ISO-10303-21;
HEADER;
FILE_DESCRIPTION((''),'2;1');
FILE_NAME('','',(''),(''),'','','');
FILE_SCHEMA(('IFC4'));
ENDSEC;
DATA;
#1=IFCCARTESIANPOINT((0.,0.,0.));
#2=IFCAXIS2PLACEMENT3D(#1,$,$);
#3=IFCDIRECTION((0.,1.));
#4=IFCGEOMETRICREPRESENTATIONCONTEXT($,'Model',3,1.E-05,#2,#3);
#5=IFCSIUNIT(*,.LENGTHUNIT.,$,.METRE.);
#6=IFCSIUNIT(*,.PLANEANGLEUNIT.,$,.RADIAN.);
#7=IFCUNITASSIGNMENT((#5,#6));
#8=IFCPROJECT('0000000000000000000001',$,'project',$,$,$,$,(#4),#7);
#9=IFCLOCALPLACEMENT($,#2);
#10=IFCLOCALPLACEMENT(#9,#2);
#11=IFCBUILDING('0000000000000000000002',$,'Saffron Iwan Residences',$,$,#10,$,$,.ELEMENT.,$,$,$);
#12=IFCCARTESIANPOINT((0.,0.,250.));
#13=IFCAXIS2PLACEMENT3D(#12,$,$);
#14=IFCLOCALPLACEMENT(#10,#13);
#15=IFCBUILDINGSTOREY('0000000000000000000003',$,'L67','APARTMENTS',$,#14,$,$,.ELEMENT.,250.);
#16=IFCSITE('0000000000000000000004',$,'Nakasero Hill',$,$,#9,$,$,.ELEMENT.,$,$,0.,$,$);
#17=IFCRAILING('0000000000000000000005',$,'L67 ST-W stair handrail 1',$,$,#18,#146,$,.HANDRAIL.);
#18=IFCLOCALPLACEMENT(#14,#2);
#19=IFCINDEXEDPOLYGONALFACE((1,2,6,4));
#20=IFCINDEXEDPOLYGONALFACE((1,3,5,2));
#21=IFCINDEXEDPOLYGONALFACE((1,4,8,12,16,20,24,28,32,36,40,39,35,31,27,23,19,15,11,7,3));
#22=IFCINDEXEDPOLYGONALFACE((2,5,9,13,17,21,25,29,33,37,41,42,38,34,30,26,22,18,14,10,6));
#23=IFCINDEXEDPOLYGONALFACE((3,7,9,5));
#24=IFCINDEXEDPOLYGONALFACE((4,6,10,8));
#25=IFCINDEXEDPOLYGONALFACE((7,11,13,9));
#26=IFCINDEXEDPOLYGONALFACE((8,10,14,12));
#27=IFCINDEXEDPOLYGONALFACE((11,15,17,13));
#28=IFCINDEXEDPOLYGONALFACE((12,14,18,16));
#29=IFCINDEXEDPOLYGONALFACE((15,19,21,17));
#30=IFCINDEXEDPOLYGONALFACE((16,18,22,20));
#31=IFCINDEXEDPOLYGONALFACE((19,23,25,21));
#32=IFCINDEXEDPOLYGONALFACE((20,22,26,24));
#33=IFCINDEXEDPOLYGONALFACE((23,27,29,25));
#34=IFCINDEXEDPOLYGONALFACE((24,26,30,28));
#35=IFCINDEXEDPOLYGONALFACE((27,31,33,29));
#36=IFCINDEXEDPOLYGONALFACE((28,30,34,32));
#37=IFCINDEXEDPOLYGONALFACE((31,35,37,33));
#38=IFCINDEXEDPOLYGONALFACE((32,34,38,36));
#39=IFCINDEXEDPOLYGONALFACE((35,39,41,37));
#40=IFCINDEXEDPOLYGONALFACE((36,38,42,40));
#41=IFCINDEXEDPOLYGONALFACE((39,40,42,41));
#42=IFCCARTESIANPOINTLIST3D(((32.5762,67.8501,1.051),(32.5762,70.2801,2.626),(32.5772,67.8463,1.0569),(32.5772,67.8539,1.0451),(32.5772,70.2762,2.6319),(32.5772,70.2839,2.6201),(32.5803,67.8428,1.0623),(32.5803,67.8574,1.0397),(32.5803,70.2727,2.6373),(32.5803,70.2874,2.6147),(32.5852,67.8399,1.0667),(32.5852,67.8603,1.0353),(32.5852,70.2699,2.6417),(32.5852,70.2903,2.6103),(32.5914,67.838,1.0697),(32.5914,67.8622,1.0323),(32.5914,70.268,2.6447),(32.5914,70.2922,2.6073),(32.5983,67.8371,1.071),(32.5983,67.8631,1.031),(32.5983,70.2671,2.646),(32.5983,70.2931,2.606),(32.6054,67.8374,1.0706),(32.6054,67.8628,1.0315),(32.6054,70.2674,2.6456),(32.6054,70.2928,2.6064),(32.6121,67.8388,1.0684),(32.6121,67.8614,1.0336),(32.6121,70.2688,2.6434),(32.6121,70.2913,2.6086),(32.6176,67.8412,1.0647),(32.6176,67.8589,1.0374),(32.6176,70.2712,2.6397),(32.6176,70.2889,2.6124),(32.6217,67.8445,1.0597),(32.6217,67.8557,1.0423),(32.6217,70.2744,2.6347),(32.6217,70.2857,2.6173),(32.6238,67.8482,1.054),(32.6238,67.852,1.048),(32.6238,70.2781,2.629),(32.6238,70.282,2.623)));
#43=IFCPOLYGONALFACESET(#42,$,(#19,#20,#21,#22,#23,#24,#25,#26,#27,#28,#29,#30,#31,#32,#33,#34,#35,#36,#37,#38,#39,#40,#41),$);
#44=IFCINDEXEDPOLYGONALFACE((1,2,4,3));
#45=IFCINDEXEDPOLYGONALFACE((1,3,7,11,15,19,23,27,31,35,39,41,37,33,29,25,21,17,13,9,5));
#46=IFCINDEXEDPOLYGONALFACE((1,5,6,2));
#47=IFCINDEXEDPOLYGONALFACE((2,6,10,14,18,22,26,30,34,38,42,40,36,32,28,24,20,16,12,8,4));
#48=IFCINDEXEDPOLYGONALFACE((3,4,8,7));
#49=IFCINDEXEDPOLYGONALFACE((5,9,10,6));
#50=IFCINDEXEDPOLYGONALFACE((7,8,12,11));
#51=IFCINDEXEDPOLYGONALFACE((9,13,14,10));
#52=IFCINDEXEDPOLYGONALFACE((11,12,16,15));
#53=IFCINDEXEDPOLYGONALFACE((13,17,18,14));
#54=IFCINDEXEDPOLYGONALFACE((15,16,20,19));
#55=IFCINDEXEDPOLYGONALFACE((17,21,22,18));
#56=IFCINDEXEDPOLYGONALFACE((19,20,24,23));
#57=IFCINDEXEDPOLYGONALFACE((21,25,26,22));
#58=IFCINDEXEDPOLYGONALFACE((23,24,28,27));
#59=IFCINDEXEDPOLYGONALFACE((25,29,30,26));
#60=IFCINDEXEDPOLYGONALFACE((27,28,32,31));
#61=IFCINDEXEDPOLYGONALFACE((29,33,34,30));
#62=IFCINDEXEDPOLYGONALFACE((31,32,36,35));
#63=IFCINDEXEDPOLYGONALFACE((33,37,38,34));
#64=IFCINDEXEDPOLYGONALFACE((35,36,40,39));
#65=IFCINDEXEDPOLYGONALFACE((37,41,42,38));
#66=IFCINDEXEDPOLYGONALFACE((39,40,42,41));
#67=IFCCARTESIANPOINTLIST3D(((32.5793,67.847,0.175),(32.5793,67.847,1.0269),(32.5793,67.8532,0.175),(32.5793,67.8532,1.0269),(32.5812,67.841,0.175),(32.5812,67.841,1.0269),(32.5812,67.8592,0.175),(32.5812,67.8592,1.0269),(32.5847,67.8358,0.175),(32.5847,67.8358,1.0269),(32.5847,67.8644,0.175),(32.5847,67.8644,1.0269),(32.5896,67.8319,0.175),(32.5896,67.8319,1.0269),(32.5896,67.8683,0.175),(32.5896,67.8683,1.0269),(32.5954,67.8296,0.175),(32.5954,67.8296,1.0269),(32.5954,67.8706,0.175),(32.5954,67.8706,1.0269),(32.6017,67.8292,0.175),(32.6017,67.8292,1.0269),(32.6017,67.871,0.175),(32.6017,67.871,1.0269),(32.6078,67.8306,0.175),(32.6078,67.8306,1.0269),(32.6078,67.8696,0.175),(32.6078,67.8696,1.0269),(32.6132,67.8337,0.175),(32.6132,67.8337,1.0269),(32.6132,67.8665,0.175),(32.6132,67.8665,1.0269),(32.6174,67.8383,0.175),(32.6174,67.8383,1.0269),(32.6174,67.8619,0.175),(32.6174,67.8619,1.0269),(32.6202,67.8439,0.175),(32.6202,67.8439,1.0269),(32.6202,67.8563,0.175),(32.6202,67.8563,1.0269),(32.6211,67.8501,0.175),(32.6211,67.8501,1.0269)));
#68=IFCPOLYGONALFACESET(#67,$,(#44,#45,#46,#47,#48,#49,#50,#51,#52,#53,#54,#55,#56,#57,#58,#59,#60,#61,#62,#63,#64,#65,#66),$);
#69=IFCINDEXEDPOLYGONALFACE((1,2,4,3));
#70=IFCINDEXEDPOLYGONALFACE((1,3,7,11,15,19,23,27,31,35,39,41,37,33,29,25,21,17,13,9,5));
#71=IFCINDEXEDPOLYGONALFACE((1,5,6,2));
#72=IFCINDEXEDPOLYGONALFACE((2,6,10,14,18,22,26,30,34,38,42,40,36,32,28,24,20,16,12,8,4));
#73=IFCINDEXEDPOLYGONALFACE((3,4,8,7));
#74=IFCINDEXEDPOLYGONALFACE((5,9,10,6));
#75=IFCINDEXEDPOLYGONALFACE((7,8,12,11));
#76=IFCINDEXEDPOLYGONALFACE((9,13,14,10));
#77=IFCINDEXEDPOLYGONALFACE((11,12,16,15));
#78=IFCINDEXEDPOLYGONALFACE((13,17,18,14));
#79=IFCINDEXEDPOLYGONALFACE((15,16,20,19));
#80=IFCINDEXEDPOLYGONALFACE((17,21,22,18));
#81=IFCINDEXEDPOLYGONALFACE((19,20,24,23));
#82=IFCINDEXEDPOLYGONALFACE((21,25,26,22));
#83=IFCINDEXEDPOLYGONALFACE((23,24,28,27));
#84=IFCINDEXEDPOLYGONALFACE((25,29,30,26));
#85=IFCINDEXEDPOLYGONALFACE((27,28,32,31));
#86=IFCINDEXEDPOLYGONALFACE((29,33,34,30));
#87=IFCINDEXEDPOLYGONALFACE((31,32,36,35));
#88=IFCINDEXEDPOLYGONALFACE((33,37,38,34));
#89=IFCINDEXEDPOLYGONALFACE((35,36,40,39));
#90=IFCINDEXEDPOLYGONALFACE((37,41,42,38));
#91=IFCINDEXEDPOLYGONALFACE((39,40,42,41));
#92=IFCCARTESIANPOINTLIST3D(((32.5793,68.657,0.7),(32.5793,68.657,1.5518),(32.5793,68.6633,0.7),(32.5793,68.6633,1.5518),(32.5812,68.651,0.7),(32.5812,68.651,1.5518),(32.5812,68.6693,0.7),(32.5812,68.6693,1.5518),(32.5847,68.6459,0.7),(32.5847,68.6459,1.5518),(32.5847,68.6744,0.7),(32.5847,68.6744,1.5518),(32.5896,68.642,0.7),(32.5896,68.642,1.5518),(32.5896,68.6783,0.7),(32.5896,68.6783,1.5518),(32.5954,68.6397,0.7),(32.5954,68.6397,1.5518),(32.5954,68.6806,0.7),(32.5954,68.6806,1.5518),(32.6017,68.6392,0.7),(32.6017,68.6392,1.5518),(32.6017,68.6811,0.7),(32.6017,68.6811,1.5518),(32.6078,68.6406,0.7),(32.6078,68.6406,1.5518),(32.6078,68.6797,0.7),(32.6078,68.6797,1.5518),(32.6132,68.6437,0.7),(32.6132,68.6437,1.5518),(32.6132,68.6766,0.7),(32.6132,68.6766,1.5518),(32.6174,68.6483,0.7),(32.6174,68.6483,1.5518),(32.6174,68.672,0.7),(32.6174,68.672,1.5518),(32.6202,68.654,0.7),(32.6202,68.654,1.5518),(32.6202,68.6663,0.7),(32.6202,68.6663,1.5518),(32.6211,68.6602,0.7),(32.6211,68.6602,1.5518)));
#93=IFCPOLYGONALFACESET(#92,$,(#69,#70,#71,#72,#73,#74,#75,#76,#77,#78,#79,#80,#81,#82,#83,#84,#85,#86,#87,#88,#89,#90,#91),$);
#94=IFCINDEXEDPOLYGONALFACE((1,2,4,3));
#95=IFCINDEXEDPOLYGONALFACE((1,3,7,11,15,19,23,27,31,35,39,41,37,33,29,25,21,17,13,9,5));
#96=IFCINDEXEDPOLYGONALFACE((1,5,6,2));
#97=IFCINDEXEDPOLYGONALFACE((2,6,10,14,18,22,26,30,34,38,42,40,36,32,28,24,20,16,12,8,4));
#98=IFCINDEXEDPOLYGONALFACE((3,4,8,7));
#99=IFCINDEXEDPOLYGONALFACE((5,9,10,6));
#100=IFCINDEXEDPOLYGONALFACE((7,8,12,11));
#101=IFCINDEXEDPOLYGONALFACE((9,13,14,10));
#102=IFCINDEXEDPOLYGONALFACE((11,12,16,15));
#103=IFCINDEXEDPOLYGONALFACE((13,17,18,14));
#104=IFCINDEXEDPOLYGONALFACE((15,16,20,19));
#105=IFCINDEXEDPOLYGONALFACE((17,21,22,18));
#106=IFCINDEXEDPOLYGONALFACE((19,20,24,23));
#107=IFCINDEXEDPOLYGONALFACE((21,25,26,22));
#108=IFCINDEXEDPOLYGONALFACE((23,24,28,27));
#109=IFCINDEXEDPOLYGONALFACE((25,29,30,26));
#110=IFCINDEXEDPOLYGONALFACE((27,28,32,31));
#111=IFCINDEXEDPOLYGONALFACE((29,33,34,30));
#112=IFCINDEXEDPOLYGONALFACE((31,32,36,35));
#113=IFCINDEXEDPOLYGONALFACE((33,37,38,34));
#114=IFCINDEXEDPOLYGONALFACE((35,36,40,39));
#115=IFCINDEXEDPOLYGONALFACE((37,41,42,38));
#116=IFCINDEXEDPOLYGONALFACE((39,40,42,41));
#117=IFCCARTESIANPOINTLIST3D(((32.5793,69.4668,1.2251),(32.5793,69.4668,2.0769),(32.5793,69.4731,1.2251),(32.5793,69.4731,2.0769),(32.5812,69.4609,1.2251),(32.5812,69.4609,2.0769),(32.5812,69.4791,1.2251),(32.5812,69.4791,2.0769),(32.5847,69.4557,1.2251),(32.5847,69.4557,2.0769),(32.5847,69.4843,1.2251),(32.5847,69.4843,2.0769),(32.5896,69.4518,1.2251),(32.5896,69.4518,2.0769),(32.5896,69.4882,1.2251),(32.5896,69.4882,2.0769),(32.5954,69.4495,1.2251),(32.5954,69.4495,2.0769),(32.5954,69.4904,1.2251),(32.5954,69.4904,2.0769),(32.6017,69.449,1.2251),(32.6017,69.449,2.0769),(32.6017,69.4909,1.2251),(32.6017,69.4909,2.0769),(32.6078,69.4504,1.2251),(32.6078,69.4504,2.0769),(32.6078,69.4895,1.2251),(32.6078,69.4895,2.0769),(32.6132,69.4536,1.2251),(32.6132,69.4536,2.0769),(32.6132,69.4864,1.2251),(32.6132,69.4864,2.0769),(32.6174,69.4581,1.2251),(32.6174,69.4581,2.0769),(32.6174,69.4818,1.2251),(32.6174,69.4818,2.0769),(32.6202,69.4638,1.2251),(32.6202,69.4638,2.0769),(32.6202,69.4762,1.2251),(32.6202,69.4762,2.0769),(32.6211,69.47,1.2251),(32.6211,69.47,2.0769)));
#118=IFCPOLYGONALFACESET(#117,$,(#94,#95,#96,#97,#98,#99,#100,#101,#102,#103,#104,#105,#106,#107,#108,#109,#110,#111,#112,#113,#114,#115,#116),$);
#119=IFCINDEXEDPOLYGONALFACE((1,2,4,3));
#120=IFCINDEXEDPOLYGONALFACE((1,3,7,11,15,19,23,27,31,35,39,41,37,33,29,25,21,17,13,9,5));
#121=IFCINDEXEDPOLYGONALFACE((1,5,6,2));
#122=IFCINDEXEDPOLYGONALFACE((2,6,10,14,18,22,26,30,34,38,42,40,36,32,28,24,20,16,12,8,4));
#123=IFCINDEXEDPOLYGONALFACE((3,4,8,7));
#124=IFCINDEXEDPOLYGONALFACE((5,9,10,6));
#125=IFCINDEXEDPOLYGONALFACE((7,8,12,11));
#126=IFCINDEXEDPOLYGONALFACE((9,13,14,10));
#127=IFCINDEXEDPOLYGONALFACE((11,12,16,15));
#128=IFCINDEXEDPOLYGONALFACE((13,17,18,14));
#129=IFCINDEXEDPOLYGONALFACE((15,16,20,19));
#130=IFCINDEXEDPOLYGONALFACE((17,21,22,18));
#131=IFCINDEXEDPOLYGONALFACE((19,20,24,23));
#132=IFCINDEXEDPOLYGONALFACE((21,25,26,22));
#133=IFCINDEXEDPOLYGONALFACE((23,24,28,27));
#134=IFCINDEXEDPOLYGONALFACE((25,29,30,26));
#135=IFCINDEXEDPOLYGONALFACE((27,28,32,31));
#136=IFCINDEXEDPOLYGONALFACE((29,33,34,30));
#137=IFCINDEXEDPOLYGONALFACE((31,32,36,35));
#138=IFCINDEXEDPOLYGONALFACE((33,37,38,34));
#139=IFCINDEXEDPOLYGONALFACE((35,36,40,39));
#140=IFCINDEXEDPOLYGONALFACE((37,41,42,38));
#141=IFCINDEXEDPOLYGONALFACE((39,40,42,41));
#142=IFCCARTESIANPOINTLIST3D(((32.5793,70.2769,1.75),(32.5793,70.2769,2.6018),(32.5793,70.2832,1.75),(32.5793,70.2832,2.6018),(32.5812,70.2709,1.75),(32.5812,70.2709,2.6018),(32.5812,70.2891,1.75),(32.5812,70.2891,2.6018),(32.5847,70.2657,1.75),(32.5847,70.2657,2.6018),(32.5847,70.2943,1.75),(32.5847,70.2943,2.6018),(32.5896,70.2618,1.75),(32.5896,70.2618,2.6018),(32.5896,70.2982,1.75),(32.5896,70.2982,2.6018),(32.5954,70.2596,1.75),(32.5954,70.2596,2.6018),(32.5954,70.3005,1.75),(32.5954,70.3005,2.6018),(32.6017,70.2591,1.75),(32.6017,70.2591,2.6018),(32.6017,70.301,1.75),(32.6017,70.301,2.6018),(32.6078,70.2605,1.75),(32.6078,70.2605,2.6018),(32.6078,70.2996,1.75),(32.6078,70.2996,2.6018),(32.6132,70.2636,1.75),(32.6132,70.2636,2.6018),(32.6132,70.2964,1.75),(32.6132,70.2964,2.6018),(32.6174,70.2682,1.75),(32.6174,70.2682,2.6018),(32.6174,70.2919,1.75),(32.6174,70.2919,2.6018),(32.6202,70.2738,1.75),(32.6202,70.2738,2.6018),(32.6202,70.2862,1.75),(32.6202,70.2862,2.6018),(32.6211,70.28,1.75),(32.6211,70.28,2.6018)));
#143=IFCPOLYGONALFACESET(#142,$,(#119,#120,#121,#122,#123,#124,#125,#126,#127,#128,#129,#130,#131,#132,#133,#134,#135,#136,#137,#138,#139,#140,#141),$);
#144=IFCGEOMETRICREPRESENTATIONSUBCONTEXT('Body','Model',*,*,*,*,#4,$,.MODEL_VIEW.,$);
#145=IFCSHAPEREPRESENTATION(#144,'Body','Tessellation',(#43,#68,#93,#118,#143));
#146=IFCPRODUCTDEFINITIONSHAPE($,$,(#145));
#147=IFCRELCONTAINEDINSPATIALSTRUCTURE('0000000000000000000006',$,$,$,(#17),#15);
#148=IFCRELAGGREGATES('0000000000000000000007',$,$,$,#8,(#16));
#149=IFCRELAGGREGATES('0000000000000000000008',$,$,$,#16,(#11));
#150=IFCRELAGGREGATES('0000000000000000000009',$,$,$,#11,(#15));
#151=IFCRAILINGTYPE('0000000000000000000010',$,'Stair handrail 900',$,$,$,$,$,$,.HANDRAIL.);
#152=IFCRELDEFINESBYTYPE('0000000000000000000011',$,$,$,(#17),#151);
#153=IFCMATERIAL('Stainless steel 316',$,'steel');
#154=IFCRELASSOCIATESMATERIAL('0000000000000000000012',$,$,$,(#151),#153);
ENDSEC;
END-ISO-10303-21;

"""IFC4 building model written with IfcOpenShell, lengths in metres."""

from ifc_helpers import new_model, si_unit, direction, frame, origin, origin_2d, place, context, subcontext, project, spatial, circle, extrude, material, type_object, element, save


model = new_model("IFC4")

# Units and contexts
model_context = context("Model", 3, precision=1e-05, world=origin(), true_north=direction((0.0, 1.0)))
body_context = subcontext(model_context, "Body", "Model", "MODEL_VIEW")
ifc_project = project(units=[si_unit("LENGTHUNIT", "METRE"), si_unit("PLANEANGLEUNIT", "RADIAN")], contexts=[model_context])

# Site, building, storey
site_placement = place(None, origin())
site = spatial("IfcSite", under=ifc_project, at=site_placement, Name="Nakasero Hill", CompositionType="ELEMENT", RefElevation=0.0)
building_placement = place(site_placement, origin())
building = spatial("IfcBuilding", under=site, at=building_placement, Name="Saffron Iwan Residences", CompositionType="ELEMENT")
storey_placement = place(building_placement, frame((0.0, 0.0, 250.0)))
storey = spatial("IfcBuildingStorey", under=building, at=storey_placement, Name="L67", Description="APARTMENTS", CompositionType="ELEMENT", Elevation=250.0)

# Railing
ifc_material_1 = material(Name="Stainless steel 316", Category="steel")
railing_type = type_object("IfcRailingType", Name="Stair handrail 900", PredefinedType="HANDRAIL", material=ifc_material_1)
railing_placement = place(storey_placement, frame((32.6001, 67.8501, 0.175)))
element("IfcRailing", 1, at=railing_placement, inside=storey, type_object=railing_type, Name="L67 ST-W stair handrail 1", PredefinedType="HANDRAIL", context=body_context, shape_type="SweptSolid", body=[
    extrude(circle(Radius=0.0239, at=origin_2d()), frame((0.0, 0.0, 0.876), z_axis=(0.0, 0.839154, 0.543894), x_axis=(-1.0, 0.0, 0.0)), (0.0, 0.0, 1.0), 2.8958),
    extrude(circle(Radius=0.021, at=origin_2d()), origin(), (0.0, 0.0, 1.0), 0.8518),
    extrude(circle(Radius=0.021, at=origin_2d()), frame((0.0, 0.8101, 0.5249)), (0.0, 0.0, 1.0), 0.8518),
    extrude(circle(Radius=0.021, at=origin_2d()), frame((0.0, 1.6199, 1.05)), (0.0, 0.0, 1.0), 0.8518),
    extrude(circle(Radius=0.021, at=origin_2d()), frame((0.0, 2.4299, 1.575)), (0.0, 0.0, 1.0), 0.8518),
])

save(model, "model.ifc")
